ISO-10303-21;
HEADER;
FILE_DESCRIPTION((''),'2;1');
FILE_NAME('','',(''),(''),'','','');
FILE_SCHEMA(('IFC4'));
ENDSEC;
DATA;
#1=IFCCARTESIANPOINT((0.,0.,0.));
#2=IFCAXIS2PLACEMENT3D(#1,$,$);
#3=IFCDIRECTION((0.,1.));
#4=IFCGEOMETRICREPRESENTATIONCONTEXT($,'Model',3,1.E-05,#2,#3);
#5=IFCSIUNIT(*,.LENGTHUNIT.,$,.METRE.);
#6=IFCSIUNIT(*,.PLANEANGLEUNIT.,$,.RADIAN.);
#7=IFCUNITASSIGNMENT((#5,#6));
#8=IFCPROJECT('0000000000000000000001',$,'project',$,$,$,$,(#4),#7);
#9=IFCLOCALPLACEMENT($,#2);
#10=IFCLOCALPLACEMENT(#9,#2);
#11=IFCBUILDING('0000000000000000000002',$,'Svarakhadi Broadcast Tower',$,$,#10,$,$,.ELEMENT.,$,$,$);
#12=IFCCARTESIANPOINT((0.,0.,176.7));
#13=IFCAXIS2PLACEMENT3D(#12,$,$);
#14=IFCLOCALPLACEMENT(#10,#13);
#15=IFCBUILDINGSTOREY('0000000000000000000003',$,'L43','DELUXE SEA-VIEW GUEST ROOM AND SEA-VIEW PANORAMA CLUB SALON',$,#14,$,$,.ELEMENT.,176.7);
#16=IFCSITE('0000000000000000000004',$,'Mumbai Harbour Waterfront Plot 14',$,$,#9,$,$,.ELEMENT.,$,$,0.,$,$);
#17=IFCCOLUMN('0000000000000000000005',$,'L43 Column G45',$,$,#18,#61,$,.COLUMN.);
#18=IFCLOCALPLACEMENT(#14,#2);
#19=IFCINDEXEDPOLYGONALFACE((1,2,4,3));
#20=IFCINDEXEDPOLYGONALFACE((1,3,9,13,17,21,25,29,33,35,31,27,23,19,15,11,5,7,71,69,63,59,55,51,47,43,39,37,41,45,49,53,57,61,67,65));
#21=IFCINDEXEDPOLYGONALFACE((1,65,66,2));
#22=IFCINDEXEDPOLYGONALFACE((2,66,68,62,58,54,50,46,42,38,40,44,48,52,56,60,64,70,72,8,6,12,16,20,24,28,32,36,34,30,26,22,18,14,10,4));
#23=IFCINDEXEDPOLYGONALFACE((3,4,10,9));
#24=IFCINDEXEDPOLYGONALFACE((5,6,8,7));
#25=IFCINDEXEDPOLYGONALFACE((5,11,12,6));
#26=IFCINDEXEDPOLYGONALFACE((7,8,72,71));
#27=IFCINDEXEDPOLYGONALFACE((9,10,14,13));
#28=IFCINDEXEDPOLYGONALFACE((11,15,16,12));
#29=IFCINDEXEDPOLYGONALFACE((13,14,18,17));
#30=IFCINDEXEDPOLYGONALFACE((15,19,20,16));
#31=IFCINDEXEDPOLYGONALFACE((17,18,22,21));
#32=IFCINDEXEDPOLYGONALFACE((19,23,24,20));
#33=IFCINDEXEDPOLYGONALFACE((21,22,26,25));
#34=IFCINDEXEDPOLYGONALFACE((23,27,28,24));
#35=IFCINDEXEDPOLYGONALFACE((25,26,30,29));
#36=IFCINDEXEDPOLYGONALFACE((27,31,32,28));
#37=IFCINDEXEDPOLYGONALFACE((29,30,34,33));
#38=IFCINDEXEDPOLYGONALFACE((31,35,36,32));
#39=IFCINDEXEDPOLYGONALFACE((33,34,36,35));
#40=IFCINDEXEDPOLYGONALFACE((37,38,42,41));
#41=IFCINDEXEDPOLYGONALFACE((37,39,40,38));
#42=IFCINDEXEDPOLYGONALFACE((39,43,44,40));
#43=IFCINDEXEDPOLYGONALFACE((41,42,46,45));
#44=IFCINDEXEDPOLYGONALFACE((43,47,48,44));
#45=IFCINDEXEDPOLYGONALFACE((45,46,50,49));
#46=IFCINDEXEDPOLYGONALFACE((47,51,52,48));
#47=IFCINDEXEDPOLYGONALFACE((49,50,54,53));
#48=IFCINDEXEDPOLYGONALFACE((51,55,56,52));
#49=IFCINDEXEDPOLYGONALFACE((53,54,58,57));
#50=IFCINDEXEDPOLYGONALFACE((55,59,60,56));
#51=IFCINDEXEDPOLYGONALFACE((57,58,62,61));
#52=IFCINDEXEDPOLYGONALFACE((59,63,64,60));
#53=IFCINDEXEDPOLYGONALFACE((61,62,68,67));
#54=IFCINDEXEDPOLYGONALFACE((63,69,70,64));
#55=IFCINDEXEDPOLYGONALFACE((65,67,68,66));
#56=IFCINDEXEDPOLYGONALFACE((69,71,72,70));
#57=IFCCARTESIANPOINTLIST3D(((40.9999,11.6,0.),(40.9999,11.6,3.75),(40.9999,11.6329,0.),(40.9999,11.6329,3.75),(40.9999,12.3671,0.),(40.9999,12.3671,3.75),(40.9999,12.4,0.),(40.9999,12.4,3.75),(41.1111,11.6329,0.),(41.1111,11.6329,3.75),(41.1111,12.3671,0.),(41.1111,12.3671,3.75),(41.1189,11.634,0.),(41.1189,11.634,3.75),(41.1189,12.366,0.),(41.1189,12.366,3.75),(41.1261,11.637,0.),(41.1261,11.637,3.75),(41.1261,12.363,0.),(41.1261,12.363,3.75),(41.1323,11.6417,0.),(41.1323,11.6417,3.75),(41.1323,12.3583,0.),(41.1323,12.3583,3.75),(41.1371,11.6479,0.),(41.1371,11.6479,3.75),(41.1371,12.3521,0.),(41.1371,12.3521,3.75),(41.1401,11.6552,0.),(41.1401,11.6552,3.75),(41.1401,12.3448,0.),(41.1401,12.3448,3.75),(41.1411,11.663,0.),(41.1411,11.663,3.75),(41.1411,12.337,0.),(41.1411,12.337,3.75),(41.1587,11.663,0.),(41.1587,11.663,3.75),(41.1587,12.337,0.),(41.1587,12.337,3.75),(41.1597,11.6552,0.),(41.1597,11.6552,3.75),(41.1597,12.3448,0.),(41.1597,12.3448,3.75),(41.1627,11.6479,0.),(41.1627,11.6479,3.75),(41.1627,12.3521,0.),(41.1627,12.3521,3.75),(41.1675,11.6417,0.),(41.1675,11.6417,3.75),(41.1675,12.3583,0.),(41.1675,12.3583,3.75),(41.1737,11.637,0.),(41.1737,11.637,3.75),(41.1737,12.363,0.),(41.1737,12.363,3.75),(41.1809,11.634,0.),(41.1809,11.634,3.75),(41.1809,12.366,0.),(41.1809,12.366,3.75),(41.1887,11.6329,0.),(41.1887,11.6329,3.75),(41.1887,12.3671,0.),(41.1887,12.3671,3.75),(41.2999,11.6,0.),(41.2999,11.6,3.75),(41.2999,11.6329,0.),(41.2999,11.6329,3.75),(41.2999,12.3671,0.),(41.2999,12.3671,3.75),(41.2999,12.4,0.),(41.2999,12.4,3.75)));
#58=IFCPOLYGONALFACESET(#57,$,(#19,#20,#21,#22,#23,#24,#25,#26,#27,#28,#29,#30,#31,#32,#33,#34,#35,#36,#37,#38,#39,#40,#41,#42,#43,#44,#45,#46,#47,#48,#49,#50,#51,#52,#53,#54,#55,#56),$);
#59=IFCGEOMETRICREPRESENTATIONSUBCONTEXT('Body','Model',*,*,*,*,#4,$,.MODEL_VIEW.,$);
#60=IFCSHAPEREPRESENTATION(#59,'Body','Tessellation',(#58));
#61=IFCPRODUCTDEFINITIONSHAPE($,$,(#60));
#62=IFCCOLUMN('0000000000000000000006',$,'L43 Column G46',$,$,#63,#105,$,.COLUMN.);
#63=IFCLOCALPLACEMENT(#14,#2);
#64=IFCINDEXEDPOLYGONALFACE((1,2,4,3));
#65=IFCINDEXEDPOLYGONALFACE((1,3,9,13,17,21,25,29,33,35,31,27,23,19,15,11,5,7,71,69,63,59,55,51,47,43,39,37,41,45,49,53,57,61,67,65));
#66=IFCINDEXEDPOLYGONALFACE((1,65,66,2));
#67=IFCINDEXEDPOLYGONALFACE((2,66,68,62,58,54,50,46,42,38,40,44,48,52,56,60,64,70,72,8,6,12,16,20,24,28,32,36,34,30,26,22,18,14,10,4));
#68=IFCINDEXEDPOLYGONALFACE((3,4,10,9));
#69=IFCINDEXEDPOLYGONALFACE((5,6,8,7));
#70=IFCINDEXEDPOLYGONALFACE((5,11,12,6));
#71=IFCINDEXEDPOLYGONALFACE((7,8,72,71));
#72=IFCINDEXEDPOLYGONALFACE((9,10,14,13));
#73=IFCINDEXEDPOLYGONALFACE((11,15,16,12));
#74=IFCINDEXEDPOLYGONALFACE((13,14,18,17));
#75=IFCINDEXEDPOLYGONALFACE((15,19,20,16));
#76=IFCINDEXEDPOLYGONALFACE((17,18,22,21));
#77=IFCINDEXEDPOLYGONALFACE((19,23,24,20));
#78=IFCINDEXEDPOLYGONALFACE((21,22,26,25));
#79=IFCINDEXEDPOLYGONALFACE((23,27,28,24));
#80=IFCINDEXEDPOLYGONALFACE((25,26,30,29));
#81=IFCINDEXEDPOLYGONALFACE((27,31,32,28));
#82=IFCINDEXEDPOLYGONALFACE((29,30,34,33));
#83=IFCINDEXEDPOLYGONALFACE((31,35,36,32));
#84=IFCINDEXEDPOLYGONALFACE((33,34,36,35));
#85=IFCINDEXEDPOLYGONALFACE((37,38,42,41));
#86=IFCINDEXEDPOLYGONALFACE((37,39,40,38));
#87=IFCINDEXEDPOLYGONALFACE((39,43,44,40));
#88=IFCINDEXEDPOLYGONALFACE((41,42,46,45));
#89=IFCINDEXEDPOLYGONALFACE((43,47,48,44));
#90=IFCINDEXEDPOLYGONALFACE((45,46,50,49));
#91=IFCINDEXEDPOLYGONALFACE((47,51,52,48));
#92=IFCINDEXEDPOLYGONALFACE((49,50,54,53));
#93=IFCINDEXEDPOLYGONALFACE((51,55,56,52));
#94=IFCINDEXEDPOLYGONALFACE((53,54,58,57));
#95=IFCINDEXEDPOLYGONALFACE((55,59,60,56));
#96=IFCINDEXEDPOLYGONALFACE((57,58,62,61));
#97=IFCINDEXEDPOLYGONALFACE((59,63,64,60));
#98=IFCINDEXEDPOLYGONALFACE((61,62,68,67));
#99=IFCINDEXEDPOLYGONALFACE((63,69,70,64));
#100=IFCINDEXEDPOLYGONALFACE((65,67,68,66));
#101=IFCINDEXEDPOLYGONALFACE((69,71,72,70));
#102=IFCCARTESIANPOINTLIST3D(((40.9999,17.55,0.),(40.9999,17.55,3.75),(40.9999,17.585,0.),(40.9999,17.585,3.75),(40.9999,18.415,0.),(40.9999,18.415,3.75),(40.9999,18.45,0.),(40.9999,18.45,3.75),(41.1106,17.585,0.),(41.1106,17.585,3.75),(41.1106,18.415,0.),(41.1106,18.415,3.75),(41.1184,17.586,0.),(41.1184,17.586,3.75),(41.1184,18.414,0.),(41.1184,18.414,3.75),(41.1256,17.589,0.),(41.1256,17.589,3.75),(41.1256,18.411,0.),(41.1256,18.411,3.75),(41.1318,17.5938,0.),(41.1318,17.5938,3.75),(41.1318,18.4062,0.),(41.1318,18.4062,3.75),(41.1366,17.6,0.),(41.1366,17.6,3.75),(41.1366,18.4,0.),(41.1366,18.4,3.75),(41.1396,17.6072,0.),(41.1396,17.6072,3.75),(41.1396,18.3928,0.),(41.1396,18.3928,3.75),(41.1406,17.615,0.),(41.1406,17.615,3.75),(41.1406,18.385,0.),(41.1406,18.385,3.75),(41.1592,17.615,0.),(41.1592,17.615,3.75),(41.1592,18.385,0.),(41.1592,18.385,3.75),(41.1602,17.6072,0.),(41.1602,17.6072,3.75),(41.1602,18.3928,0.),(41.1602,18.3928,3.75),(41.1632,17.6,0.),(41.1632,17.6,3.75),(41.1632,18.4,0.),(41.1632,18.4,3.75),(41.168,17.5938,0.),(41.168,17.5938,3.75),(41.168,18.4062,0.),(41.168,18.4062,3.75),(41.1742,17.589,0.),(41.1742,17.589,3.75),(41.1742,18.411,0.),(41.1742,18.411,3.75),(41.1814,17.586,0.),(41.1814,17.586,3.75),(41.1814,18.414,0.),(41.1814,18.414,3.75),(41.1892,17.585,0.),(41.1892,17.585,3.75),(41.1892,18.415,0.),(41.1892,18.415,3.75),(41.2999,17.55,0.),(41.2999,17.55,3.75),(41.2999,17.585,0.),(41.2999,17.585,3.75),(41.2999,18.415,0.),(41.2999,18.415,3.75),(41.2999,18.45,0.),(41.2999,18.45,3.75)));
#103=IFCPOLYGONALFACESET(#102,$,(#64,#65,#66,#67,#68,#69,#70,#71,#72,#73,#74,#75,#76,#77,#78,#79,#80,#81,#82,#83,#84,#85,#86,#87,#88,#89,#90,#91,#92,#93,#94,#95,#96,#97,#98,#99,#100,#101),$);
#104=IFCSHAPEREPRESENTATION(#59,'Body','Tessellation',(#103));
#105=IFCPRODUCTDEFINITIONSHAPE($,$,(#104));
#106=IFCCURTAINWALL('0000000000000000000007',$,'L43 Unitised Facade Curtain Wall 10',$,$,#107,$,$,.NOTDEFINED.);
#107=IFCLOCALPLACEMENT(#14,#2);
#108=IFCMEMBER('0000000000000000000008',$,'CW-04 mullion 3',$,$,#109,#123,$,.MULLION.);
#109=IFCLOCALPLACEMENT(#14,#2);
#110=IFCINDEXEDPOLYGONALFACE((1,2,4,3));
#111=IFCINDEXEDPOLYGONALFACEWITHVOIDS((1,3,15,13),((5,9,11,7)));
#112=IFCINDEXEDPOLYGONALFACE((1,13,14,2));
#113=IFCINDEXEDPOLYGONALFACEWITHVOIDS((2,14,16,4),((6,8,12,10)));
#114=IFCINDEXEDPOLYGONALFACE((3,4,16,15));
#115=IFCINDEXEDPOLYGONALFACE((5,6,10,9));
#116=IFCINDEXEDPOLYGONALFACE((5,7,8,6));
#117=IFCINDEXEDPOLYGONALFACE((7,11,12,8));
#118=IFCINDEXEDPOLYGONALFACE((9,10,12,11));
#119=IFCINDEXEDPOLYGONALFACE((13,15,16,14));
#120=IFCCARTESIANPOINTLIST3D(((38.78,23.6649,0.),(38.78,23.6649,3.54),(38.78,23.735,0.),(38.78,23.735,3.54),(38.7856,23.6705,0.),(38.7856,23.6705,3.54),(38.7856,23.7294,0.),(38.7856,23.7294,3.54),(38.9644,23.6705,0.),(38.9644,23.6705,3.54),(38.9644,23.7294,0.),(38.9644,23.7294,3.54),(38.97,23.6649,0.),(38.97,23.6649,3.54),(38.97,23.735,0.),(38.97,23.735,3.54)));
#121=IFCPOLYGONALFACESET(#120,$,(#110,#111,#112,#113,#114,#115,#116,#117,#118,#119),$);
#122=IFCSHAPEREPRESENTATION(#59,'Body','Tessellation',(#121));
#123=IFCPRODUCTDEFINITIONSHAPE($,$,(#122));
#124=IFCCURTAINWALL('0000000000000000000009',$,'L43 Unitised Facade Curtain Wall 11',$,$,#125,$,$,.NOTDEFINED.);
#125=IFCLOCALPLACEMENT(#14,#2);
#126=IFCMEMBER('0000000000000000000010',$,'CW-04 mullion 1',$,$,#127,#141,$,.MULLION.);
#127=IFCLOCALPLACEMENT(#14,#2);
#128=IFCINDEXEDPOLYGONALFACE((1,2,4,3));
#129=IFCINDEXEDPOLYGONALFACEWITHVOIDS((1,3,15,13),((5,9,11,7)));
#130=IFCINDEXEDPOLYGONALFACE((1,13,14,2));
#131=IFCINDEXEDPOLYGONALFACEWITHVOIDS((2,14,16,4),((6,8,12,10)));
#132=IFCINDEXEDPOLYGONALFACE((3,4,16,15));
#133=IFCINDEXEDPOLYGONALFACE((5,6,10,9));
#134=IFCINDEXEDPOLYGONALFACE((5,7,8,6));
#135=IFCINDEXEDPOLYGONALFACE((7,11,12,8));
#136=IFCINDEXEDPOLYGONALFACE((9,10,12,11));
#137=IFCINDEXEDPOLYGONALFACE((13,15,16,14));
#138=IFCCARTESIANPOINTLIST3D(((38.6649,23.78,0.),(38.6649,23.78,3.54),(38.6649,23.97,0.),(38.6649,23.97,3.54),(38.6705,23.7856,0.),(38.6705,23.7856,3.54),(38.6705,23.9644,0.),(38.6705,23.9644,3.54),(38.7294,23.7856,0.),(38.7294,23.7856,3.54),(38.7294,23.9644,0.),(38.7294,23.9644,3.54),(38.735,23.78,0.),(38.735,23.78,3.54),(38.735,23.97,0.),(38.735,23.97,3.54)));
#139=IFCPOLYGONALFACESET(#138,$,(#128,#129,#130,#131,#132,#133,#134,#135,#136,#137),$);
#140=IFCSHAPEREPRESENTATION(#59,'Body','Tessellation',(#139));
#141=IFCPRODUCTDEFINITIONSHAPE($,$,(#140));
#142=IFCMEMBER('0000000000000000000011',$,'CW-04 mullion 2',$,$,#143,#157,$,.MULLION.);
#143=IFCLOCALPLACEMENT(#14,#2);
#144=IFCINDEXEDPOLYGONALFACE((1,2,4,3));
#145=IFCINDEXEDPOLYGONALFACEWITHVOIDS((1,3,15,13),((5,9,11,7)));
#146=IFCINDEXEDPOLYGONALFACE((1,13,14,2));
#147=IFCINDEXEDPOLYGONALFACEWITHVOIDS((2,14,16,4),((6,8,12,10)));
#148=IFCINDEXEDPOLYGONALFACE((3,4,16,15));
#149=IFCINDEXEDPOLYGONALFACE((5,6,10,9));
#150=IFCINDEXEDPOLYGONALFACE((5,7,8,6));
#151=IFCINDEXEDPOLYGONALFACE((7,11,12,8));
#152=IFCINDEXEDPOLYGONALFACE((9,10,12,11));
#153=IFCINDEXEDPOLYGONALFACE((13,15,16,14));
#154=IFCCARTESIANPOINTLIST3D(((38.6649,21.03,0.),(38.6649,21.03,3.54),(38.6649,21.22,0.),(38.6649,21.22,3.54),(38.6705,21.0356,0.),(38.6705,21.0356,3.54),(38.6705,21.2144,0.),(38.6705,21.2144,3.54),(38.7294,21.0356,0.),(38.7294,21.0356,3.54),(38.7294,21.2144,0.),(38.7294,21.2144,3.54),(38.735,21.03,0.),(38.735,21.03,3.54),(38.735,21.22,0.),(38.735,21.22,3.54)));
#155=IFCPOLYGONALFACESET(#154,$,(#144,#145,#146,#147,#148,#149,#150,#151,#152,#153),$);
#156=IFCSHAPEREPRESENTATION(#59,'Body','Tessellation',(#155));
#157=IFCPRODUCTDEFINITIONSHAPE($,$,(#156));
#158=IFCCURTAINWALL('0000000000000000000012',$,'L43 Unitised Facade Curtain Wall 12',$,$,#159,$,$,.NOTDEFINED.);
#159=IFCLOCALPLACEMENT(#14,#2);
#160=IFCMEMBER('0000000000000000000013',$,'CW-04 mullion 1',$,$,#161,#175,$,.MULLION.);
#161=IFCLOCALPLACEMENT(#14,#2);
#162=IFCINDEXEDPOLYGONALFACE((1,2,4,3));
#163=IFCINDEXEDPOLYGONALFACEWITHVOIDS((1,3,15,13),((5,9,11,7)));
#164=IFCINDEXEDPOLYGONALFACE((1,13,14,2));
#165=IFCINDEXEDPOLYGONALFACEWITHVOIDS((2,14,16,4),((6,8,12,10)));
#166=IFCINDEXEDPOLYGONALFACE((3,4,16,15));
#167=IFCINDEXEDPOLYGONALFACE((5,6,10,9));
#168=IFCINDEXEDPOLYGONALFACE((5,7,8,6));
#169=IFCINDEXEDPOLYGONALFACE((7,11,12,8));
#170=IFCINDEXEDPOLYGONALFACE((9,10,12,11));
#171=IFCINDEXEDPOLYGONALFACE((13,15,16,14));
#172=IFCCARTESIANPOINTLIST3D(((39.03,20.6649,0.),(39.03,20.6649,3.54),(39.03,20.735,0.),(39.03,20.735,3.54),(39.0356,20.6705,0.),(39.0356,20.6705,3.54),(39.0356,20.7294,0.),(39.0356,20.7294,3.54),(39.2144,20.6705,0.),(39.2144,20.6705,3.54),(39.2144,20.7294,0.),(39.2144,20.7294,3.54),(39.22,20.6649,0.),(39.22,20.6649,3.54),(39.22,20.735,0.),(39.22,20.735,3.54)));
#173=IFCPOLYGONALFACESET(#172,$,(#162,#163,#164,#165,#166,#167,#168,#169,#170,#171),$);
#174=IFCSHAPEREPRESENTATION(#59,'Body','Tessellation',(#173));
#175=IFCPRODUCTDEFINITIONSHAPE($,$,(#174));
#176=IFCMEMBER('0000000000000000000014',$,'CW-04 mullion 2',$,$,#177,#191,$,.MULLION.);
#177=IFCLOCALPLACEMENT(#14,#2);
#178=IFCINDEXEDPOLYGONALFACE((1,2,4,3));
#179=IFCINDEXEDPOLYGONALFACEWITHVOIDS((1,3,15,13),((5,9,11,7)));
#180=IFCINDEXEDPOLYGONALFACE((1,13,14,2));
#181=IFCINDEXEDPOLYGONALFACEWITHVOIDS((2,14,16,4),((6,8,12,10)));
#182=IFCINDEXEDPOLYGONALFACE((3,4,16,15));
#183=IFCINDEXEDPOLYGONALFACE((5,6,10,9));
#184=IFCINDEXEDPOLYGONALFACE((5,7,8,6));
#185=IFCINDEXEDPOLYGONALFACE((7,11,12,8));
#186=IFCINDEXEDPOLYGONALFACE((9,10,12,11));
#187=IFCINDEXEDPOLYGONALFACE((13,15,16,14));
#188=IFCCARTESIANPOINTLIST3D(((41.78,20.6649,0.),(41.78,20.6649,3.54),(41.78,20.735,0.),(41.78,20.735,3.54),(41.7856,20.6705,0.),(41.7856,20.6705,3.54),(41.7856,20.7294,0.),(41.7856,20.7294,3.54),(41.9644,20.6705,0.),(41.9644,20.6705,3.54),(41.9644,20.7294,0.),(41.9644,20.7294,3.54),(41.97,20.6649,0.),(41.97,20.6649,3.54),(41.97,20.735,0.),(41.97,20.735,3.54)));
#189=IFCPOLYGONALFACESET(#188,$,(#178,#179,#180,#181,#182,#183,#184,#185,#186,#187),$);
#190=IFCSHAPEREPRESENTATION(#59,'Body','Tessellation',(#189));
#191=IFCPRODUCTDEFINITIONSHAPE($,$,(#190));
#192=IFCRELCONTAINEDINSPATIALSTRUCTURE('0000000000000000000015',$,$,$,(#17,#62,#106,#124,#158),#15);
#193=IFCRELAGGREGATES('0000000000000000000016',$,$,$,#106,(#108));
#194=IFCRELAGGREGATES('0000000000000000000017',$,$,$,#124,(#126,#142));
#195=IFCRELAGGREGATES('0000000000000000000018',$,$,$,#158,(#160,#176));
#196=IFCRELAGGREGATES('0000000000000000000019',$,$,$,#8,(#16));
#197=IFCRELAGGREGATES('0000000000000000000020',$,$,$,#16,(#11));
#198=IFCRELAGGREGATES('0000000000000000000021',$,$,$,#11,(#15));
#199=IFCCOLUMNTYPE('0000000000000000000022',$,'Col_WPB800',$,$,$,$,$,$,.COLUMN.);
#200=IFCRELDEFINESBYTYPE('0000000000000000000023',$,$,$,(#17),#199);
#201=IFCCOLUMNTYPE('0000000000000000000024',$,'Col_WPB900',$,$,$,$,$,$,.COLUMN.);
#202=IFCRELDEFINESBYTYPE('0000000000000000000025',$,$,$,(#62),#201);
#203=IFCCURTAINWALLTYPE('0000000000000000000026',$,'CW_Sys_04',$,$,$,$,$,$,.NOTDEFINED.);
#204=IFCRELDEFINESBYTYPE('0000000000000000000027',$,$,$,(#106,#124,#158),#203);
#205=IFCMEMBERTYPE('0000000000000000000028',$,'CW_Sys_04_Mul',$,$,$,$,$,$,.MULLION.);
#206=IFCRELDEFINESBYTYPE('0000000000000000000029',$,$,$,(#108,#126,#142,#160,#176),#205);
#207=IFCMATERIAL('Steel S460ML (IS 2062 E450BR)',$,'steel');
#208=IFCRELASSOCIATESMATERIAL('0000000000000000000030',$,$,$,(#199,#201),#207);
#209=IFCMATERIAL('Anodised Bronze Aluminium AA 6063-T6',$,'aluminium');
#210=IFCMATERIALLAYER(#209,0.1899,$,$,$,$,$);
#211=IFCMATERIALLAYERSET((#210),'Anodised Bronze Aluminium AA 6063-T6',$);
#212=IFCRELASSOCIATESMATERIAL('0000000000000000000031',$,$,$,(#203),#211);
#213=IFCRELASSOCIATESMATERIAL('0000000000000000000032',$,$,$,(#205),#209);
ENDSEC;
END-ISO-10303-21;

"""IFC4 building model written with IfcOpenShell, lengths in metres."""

from ifc_helpers import new_model, si_unit, direction, frame, origin, origin_2d, place, context, subcontext, project, spatial, hollow_rectangle, i_section, extrude, material, layer, layer_set, material_profile, profile_set, type_object, element, aggregate, save


model = new_model("IFC4")

# Units and contexts
model_context = context("Model", 3, precision=1e-05, world=origin(), true_north=direction((0.0, 1.0)))
body_context = subcontext(model_context, "Body", "Model", "MODEL_VIEW")
ifc_project = project(units=[si_unit("LENGTHUNIT", "METRE"), si_unit("PLANEANGLEUNIT", "RADIAN")], contexts=[model_context])

# Site, building, storey
site_placement = place(None, origin())
site = spatial("IfcSite", under=ifc_project, at=site_placement, Name="Mumbai Harbour Waterfront Plot 14", CompositionType="ELEMENT", RefElevation=0.0)
building_placement = place(site_placement, origin())
building = spatial("IfcBuilding", under=site, at=building_placement, Name="Svarakhadi Broadcast Tower", CompositionType="ELEMENT")
storey_placement = place(building_placement, frame((0.0, 0.0, 176.7)))
storey = spatial("IfcBuildingStorey", under=building, at=storey_placement, Name="L43", Description="DELUXE SEA-VIEW GUEST ROOM AND SEA-VIEW PANORAMA CLUB SALON", CompositionType="ELEMENT", Elevation=176.7)

# Columns
ifc_material_1 = material(Name="Steel S460ML (IS 2062 E450BR)", Category="steel")
ifc_material_profile_1 = material_profile(ifc_material_1, i_section(OverallWidth=0.3, OverallDepth=0.8, WebThickness=0.0176, FlangeThickness=0.033, FilletRadius=0.03, at=origin_2d()), Name="WPB 800x300x262")
ifc_profile_set_1 = profile_set([ifc_material_profile_1], Name="Steel S460ML (IS 2062 E450BR)")
column_type_1 = type_object("IfcColumnType", Name="Col_WPB800", PredefinedType="COLUMN", material=ifc_profile_set_1)
column_1_placement = place(storey_placement, frame((41.1499, 12.0, 0.0), z_axis=(0.0, 0.0, 1.0), x_axis=(1.0, 0.0, 0.0)))
element("IfcColumn", 1, at=column_1_placement, inside=storey, type_object=column_type_1, Name="L43 Column G45", PredefinedType="COLUMN", context=body_context, shape_type="SweptSolid", body=[
    extrude(i_section(OverallWidth=0.3, OverallDepth=0.8, WebThickness=0.0176, FlangeThickness=0.033, FilletRadius=0.03, at=origin_2d()), origin(), (0.0, 0.0, 1.0), 3.75),
])
ifc_material_profile_2 = material_profile(ifc_material_1, i_section(OverallWidth=0.3, OverallDepth=0.8999, WebThickness=0.0186, FlangeThickness=0.0349, FilletRadius=0.03, at=origin_2d()), Name="WPB 900x300x291")
ifc_profile_set_2 = profile_set([ifc_material_profile_2], Name="Steel S460ML (IS 2062 E450BR)")
column_type_2 = type_object("IfcColumnType", Name="Col_WPB900", PredefinedType="COLUMN", material=ifc_profile_set_2)
column_2_placement = place(storey_placement, frame((41.1499, 18.0, 0.0), z_axis=(0.0, 0.0, 1.0), x_axis=(1.0, 0.0, 0.0)))
element("IfcColumn", 2, at=column_2_placement, inside=storey, type_object=column_type_2, Name="L43 Column G46", PredefinedType="COLUMN", context=body_context, shape_type="SweptSolid", body=[
    extrude(i_section(OverallWidth=0.3, OverallDepth=0.8999, WebThickness=0.0186, FlangeThickness=0.0349, FilletRadius=0.03, at=origin_2d()), origin(), (0.0, 0.0, 1.0), 3.75),
])

# Curtain wall, member
ifc_material_2 = material(Name="Anodised Bronze Aluminium AA 6063-T6", Category="aluminium")
ifc_layer_1 = layer(ifc_material_2, 0.1899)
ifc_layer_set_1 = layer_set([ifc_layer_1], Name="Anodised Bronze Aluminium AA 6063-T6")
curtain_wall_type = type_object("IfcCurtainWallType", Name="CW_Sys_04", PredefinedType="NOTDEFINED", material=ifc_layer_set_1)
curtain_wall_1_placement = place(storey_placement, origin())
curtain_wall_1 = element("IfcCurtainWall", 3, at=curtain_wall_1_placement, inside=storey, type_object=curtain_wall_type, Name="L43 Unitised Facade Curtain Wall 10", PredefinedType="NOTDEFINED")
ifc_material_profile_3 = material_profile(ifc_material_2, hollow_rectangle(XDim=0.0701, YDim=0.1899, WallThickness=0.0056, at=origin_2d()), Name="ALU MULLION 190x70x6")
ifc_profile_set_3 = profile_set([ifc_material_profile_3], Name="Anodised Bronze Aluminium AA 6063-T6")
member_type_1 = type_object("IfcMemberType", Name="CW_Sys_04_Mul", PredefinedType="MULLION", material=ifc_profile_set_3)
member_1_placement = place(storey_placement, frame((38.875, 23.7, 0.0), z_axis=(0.0, 0.0, 1.0), x_axis=(0.0, 1.0, 0.0)))
member_1 = element("IfcMember", 4, at=member_1_placement, type_object=member_type_1, Name="CW-04 mullion 3", PredefinedType="MULLION", context=body_context, shape_type="SweptSolid", body=[
    extrude(hollow_rectangle(XDim=0.0701, YDim=0.1899, WallThickness=0.0056, at=origin_2d()), origin(), (0.0, 0.0, 1.0), 3.54),
])
aggregate(curtain_wall_1, [member_1])

# Curtain walls, members
curtain_wall_2_placement = place(storey_placement, origin())
curtain_wall_2 = element("IfcCurtainWall", 5, at=curtain_wall_2_placement, inside=storey, type_object=curtain_wall_type, Name="L43 Unitised Facade Curtain Wall 11", PredefinedType="NOTDEFINED")
member_2_placement = place(storey_placement, frame((38.7, 23.875, 0.0), z_axis=(0.0, 0.0, 1.0), x_axis=(1.0, 0.0, 0.0)))
member_2 = element("IfcMember", 6, at=member_2_placement, type_object=member_type_1, Name="CW-04 mullion 1", PredefinedType="MULLION", context=body_context, shape_type="SweptSolid", body=[
    extrude(hollow_rectangle(XDim=0.0701, YDim=0.1899, WallThickness=0.0056, at=origin_2d()), origin(), (0.0, 0.0, 1.0), 3.54),
])
member_3_placement = place(storey_placement, frame((38.7, 21.125, 0.0), z_axis=(0.0, 0.0, 1.0), x_axis=(1.0, 0.0, 0.0)))
member_3 = element("IfcMember", 7, at=member_3_placement, type_object=member_type_1, Name="CW-04 mullion 2", PredefinedType="MULLION", context=body_context, shape_type="SweptSolid", body=[
    extrude(hollow_rectangle(XDim=0.0701, YDim=0.1899, WallThickness=0.0056, at=origin_2d()), origin(), (0.0, 0.0, 1.0), 3.54),
])
curtain_wall_3_placement = place(storey_placement, origin())
curtain_wall_3 = element("IfcCurtainWall", 8, at=curtain_wall_3_placement, inside=storey, type_object=curtain_wall_type, Name="L43 Unitised Facade Curtain Wall 12", PredefinedType="NOTDEFINED")
member_4_placement = place(storey_placement, frame((39.125, 20.7, 0.0), z_axis=(0.0, 0.0, 1.0), x_axis=(0.0, 1.0, 0.0)))
member_4 = element("IfcMember", 9, at=member_4_placement, type_object=member_type_1, Name="CW-04 mullion 1", PredefinedType="MULLION", context=body_context, shape_type="SweptSolid", body=[
    extrude(hollow_rectangle(XDim=0.0701, YDim=0.1899, WallThickness=0.0056, at=origin_2d()), origin(), (0.0, 0.0, 1.0), 3.54),
])
member_5_placement = place(storey_placement, frame((41.875, 20.7, 0.0), z_axis=(0.0, 0.0, 1.0), x_axis=(0.0, 1.0, 0.0)))
member_5 = element("IfcMember", 10, at=member_5_placement, type_object=member_type_1, Name="CW-04 mullion 2", PredefinedType="MULLION", context=body_context, shape_type="SweptSolid", body=[
    extrude(hollow_rectangle(XDim=0.0701, YDim=0.1899, WallThickness=0.0056, at=origin_2d()), origin(), (0.0, 0.0, 1.0), 3.54),
])

aggregate(curtain_wall_2, [member_2, member_3])
aggregate(curtain_wall_3, [member_4, member_5])

save(model, "model.ifc")
